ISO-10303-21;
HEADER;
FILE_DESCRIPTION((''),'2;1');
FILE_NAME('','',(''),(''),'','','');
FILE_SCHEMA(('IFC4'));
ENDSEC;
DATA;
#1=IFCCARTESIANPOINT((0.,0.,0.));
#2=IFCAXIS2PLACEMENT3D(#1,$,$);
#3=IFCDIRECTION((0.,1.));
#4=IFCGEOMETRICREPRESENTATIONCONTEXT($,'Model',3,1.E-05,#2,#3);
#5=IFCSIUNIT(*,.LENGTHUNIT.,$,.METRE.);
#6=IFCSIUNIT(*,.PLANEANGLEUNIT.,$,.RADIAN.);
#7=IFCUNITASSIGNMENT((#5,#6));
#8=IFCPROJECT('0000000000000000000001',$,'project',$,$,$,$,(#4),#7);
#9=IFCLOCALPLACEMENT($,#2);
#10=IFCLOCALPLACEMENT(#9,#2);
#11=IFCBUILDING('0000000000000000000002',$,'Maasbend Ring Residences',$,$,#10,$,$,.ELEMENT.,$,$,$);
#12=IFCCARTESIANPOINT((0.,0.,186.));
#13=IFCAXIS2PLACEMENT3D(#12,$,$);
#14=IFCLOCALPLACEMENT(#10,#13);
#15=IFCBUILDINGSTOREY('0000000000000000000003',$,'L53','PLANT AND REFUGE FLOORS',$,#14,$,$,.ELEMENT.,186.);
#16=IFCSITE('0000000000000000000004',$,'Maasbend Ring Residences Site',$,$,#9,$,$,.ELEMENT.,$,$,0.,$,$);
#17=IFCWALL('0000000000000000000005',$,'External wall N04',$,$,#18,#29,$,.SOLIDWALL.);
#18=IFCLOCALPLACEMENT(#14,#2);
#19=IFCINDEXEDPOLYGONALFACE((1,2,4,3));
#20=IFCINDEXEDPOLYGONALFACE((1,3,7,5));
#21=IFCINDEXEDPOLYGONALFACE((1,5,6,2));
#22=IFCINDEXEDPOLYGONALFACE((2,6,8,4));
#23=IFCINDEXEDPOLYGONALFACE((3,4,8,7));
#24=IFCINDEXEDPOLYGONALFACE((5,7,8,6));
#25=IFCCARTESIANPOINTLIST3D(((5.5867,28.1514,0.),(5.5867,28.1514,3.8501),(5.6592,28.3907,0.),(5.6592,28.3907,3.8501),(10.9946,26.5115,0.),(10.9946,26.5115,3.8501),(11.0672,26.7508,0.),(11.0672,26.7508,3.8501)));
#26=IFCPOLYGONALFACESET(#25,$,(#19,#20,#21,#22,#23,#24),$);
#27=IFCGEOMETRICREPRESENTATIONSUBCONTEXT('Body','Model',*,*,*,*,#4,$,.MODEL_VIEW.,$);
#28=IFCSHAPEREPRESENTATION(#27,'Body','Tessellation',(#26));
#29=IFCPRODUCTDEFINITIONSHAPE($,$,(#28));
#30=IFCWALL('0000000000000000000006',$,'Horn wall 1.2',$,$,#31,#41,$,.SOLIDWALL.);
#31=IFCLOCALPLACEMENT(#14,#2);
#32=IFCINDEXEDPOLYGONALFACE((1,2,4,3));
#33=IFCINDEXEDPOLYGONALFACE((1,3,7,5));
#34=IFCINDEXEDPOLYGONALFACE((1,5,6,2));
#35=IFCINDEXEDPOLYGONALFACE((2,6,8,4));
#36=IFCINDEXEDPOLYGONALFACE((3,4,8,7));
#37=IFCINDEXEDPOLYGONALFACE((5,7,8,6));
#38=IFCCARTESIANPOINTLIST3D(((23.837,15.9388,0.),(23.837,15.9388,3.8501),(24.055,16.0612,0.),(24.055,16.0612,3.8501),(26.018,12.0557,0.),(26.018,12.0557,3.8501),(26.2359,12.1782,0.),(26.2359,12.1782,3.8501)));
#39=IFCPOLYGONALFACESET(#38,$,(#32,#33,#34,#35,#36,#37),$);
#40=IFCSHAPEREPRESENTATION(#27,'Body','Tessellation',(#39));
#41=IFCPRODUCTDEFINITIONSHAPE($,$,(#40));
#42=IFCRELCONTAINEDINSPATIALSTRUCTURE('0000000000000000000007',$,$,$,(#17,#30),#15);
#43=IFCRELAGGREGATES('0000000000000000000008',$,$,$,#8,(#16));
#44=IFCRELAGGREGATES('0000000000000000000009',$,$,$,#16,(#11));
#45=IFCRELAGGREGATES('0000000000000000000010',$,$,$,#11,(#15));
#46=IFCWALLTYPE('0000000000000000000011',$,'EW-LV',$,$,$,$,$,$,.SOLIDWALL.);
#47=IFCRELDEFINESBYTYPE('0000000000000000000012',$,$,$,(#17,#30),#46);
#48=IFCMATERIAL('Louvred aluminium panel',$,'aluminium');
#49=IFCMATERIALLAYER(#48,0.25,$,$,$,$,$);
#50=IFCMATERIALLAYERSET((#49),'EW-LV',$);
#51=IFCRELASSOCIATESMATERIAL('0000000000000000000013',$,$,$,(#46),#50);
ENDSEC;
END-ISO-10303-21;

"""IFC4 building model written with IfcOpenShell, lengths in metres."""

from ifc_helpers import new_model, si_unit, direction, frame, frame_2d, origin, place, context, subcontext, project, spatial, rectangle, extrude, material, layer, layer_set, type_object, element, save


model = new_model("IFC4")

# Units and contexts
model_context = context("Model", 3, precision=1e-05, world=origin(), true_north=direction((0.0, 1.0)))
body_context = subcontext(model_context, "Body", "Model", "MODEL_VIEW")
ifc_project = project(units=[si_unit("LENGTHUNIT", "METRE"), si_unit("PLANEANGLEUNIT", "RADIAN")], contexts=[model_context])

# Site, building, storey
site_placement = place(None, origin())
site = spatial("IfcSite", under=ifc_project, at=site_placement, Name="Maasbend Ring Residences Site", CompositionType="ELEMENT", RefElevation=0.0)
building_placement = place(site_placement, origin())
building = spatial("IfcBuilding", under=site, at=building_placement, Name="Maasbend Ring Residences", CompositionType="ELEMENT")
storey_placement = place(building_placement, frame((0.0, 0.0, 186.0)))
storey = spatial("IfcBuildingStorey", under=building, at=storey_placement, Name="L53", Description="PLANT AND REFUGE FLOORS", CompositionType="ELEMENT", Elevation=186.0)

# Walls
ifc_material_1 = material(Name="Louvred aluminium panel", Category="aluminium")
ifc_layer_1 = layer(ifc_material_1, 0.25)
ifc_layer_set_1 = layer_set([ifc_layer_1], Name="EW-LV")
wall_type_1 = type_object("IfcWallType", Name="EW-LV", PredefinedType="SOLIDWALL", material=ifc_layer_set_1)
wall_1_placement = place(storey_placement, frame((11.031, 26.6311, 0.0), z_axis=(0.0, 0.0, 1.0), x_axis=(-0.95697, 0.290188, 0.0)))
element("IfcWall", 1, at=wall_1_placement, inside=storey, type_object=wall_type_1, Name="External wall N04", PredefinedType="SOLIDWALL", context=body_context, shape_type="SweptSolid", body=[
    extrude(rectangle(XDim=5.6511, YDim=0.25, at=frame_2d((2.8257, 0.0))), origin(), (0.0, 0.0, 1.0), 3.8501),
])
wall_2_placement = place(storey_placement, frame((26.127, 12.1169, 0.0), z_axis=(0.0, 0.0, 1.0), x_axis=(-0.489696, 0.871893, 0.0)))
element("IfcWall", 2, at=wall_2_placement, inside=storey, type_object=wall_type_1, Name="Horn wall 1.2", PredefinedType="SOLIDWALL", context=body_context, shape_type="SweptSolid", body=[
    extrude(rectangle(XDim=4.4536, YDim=0.25, at=frame_2d((2.2268, 0.0))), origin(), (0.0, 0.0, 1.0), 3.8501),
])

save(model, "model.ifc")
